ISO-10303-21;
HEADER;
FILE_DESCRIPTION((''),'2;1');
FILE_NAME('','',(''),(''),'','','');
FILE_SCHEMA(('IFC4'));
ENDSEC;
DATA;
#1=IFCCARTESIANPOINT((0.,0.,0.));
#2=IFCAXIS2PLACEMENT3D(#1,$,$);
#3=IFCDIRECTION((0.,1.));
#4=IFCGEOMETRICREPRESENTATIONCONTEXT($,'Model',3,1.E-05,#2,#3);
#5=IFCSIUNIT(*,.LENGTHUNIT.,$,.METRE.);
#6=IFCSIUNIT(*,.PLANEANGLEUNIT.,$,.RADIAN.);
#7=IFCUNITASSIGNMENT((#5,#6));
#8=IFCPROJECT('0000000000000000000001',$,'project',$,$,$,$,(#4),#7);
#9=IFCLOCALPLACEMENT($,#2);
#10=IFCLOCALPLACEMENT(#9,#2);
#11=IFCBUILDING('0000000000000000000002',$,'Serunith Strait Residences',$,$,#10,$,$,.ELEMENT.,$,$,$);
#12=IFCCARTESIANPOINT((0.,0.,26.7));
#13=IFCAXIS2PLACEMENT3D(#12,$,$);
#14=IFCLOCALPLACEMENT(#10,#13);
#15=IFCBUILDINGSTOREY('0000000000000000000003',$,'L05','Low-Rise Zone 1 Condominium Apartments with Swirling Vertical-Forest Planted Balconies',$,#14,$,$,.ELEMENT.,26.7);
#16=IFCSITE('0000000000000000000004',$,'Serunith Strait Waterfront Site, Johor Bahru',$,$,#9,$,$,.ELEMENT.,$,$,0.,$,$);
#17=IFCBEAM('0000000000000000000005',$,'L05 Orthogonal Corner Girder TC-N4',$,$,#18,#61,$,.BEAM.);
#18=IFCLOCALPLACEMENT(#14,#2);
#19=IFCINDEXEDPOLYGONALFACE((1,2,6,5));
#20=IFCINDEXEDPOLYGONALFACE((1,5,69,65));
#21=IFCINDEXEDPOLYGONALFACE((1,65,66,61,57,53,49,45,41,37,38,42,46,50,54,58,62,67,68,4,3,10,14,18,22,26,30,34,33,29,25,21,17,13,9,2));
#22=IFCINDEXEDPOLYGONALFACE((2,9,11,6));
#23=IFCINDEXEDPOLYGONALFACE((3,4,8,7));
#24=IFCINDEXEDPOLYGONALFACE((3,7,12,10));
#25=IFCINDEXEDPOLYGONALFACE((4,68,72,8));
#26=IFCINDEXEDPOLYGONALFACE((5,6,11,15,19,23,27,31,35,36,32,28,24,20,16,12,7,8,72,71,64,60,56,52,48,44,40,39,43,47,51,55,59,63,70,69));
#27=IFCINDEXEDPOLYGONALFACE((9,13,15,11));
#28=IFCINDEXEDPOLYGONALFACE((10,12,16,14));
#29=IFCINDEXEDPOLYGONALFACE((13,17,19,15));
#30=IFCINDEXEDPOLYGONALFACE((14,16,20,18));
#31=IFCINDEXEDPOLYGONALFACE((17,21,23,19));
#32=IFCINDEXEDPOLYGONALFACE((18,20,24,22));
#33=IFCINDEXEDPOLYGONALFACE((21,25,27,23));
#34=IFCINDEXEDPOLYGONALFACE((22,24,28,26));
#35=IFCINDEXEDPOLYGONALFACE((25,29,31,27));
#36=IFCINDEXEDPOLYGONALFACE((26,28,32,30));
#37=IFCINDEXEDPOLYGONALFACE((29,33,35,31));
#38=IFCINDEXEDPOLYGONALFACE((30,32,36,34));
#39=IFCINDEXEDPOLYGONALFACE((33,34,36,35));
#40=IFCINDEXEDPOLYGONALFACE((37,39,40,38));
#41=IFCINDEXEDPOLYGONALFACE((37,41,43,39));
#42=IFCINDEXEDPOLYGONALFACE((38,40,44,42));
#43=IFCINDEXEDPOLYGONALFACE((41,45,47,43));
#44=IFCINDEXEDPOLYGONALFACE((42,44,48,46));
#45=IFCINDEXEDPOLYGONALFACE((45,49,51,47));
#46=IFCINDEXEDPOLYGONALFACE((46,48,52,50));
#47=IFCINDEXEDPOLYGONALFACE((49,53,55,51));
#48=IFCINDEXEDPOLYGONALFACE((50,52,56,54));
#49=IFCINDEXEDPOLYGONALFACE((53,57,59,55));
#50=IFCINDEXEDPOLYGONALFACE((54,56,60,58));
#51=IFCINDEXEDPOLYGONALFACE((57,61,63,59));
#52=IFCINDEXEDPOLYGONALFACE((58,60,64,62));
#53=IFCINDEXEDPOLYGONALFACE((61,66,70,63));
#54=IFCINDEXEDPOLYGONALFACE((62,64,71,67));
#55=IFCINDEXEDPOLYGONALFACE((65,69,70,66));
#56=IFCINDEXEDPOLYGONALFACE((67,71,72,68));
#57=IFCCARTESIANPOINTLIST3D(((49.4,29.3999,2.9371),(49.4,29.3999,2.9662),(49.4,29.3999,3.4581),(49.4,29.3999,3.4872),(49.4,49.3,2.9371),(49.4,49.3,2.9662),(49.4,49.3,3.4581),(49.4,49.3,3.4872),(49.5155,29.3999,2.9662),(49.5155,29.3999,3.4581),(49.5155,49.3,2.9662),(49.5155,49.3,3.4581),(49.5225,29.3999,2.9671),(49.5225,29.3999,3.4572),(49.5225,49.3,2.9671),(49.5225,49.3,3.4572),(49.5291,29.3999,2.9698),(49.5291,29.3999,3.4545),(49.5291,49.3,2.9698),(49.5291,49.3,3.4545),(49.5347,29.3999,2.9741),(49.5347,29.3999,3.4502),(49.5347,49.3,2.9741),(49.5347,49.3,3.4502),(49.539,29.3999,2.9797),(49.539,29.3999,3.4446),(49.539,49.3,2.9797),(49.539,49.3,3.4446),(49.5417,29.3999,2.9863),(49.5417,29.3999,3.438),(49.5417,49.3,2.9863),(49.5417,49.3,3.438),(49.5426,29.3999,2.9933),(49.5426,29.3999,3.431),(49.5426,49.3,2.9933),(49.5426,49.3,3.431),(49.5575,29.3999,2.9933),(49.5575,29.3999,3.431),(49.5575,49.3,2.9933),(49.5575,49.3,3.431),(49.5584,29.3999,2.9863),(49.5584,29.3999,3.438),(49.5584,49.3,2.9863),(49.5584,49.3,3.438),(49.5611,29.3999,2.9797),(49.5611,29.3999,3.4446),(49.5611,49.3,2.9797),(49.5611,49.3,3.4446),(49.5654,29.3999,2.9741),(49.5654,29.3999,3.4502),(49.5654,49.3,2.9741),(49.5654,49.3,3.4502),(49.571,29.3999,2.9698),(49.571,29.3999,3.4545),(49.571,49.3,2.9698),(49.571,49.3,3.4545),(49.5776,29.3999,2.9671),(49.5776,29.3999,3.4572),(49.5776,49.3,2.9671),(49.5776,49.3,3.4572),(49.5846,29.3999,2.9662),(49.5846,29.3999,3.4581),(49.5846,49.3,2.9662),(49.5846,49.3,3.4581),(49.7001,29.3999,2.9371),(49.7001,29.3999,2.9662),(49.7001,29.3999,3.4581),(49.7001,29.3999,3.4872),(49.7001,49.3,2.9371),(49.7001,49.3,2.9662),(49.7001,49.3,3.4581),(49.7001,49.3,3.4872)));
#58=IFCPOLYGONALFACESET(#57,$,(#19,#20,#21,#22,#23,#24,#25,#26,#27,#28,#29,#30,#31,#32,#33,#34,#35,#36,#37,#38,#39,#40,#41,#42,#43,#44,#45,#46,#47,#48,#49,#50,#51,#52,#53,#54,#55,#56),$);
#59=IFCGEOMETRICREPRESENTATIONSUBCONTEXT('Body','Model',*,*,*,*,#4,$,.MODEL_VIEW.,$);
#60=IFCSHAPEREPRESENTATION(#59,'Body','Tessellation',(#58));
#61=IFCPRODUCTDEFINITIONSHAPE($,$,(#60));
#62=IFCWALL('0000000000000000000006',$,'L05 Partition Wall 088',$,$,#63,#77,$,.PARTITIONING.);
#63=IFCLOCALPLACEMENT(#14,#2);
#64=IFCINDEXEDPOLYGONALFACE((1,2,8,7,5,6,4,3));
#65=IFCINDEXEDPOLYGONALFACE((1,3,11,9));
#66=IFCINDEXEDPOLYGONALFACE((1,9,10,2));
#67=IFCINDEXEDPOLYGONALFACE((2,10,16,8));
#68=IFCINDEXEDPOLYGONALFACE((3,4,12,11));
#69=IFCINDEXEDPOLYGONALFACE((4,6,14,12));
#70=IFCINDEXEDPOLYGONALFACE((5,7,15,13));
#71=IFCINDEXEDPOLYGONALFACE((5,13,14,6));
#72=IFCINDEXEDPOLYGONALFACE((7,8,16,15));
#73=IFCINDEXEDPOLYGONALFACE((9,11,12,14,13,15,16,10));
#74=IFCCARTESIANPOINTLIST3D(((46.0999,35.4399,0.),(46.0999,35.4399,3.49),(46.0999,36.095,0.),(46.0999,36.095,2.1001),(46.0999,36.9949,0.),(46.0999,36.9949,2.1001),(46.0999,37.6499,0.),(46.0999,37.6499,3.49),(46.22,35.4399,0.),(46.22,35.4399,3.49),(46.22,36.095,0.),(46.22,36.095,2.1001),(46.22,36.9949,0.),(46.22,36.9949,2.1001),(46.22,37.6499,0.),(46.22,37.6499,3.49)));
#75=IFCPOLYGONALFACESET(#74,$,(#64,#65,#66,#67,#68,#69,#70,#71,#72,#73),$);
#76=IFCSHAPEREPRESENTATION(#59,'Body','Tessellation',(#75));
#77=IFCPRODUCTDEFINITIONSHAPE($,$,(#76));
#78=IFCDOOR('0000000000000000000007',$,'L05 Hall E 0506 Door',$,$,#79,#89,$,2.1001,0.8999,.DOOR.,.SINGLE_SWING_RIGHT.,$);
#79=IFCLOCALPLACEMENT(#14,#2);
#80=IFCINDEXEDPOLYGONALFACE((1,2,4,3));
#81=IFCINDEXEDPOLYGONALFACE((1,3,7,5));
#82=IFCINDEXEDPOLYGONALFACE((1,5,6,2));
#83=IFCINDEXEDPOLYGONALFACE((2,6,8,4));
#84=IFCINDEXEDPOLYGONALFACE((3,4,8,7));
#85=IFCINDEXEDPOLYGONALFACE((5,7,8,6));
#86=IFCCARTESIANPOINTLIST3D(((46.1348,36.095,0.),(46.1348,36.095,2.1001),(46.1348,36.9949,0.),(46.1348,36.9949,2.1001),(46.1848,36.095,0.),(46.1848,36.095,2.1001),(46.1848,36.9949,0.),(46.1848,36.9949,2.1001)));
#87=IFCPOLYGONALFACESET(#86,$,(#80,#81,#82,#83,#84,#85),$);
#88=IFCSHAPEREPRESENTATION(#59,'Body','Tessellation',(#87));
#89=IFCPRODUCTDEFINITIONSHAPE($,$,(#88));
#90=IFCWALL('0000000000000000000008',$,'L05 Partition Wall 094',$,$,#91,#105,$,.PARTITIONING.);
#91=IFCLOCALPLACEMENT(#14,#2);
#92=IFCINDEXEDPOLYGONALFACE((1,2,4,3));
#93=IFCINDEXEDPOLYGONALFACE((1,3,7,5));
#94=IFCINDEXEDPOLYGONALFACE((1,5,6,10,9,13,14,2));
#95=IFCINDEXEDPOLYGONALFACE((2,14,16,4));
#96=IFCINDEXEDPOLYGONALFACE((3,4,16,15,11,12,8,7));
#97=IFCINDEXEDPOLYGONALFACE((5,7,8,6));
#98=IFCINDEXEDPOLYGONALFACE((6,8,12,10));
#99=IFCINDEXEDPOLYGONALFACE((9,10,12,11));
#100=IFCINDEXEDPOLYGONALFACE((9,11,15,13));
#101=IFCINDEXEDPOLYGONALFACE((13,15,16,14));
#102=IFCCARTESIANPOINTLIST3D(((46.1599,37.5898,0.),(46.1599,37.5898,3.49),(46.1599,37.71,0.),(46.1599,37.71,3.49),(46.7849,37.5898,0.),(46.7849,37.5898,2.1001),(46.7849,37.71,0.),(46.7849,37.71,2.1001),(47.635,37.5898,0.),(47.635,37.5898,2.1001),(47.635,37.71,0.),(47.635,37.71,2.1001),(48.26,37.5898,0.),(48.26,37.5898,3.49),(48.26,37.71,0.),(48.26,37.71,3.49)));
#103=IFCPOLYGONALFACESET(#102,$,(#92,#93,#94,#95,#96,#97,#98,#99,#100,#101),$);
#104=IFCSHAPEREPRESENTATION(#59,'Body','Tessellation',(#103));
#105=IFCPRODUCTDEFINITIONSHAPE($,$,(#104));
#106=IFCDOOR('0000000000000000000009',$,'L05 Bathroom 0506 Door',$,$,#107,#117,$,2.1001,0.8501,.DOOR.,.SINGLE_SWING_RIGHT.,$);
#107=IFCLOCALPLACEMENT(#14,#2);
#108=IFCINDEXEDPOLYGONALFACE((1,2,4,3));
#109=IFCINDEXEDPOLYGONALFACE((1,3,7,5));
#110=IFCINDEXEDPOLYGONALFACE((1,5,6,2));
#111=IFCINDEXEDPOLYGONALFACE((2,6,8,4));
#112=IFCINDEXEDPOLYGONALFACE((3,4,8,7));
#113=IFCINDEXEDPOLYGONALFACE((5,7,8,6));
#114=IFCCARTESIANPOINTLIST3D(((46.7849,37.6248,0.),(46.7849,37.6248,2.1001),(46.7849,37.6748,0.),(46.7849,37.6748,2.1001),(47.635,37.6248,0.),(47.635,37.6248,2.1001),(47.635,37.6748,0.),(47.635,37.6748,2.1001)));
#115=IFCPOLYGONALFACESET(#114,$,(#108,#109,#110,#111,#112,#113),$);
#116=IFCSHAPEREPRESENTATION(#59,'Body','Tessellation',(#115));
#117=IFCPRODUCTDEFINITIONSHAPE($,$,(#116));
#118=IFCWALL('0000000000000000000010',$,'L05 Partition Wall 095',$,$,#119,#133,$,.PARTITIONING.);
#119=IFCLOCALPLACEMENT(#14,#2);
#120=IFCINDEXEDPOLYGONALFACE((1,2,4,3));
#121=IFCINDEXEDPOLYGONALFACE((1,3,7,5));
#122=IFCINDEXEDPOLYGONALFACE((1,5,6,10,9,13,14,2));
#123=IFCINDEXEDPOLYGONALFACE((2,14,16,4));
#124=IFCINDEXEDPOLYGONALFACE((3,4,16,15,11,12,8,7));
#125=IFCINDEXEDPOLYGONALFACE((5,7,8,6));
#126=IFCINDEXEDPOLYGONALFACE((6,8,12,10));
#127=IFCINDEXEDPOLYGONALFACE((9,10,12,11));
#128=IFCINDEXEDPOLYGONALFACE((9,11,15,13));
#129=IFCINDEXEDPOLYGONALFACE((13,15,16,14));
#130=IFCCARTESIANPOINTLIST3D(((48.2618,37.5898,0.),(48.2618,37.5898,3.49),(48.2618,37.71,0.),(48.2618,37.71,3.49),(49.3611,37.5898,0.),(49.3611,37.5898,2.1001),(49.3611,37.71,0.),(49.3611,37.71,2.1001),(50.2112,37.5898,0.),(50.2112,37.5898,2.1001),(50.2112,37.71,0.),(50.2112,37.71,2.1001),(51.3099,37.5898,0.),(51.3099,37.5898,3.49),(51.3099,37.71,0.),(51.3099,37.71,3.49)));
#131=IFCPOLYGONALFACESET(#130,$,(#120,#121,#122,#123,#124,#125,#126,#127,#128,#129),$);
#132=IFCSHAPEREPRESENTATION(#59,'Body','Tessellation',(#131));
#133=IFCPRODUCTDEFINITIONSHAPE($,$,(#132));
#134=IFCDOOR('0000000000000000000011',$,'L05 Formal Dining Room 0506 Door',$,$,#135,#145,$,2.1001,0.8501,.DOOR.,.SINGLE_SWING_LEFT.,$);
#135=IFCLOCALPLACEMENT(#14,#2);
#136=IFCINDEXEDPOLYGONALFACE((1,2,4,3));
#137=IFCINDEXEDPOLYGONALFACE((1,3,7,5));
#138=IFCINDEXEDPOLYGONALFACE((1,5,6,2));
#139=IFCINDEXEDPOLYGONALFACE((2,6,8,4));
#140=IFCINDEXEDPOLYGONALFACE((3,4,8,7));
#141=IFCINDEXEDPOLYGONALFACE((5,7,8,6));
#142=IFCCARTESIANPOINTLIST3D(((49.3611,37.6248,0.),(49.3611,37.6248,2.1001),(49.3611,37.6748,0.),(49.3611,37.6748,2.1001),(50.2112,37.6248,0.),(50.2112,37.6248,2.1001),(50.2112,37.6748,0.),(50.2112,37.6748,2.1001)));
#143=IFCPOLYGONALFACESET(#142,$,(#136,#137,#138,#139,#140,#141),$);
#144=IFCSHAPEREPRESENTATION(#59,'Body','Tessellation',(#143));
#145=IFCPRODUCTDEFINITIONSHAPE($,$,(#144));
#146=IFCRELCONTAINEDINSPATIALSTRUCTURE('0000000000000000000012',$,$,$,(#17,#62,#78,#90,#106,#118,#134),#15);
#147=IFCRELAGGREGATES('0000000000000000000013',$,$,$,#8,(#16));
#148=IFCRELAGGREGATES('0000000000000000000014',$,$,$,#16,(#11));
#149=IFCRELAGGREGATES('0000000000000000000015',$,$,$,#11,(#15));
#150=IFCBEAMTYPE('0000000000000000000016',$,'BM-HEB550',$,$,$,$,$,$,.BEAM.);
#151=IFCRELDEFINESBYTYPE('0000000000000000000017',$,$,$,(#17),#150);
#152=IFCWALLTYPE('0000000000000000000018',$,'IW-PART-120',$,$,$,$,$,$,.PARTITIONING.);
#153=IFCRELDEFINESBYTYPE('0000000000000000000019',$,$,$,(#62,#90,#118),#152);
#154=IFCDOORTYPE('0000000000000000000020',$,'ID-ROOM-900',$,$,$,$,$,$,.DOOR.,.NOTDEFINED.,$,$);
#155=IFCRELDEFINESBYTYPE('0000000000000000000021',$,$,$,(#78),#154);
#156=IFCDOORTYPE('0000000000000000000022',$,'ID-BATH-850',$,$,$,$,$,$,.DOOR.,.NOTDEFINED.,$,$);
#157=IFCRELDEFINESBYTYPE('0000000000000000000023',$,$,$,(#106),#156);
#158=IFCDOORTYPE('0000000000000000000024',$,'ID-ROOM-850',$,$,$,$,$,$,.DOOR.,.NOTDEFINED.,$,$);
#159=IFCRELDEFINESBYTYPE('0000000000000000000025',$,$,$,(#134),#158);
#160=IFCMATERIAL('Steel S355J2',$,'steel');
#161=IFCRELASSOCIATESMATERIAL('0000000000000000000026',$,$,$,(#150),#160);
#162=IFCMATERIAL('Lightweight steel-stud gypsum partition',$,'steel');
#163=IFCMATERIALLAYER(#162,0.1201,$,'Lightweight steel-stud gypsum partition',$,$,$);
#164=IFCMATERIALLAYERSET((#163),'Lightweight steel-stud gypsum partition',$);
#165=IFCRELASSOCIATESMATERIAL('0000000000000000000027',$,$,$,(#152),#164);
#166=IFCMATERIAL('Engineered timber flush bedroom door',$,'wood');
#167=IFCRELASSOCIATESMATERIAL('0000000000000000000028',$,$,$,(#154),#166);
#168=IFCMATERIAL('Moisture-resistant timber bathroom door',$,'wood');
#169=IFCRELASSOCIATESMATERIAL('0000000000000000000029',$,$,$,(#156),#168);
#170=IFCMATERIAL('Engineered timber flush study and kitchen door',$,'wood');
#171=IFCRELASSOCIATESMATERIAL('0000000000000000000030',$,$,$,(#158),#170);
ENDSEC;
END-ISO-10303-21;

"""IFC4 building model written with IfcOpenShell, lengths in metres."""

from ifc_helpers import new_model, si_unit, direction, frame, frame_2d, origin, origin_2d, place, context, subcontext, project, spatial, rectangle, i_section, extrude, source, transform, mapped, material, layer, layer_set, material_profile, profile_set, type_object, element, fill, save


model = new_model("IFC4")

# Units and contexts
model_context = context("Model", 3, precision=1e-05, world=origin(), true_north=direction((0.0, 1.0)))
body_context = subcontext(model_context, "Body", "Model", "MODEL_VIEW")
ifc_project = project(units=[si_unit("LENGTHUNIT", "METRE"), si_unit("PLANEANGLEUNIT", "RADIAN")], contexts=[model_context])

# Site, building, storey
site_placement = place(None, origin())
site = spatial("IfcSite", under=ifc_project, at=site_placement, Name="Serunith Strait Waterfront Site, Johor Bahru", CompositionType="ELEMENT", RefElevation=0.0)
building_placement = place(site_placement, origin())
building = spatial("IfcBuilding", under=site, at=building_placement, Name="Serunith Strait Residences", CompositionType="ELEMENT")
storey_placement = place(building_placement, frame((0.0, 0.0, 26.7)))
storey = spatial("IfcBuildingStorey", under=building, at=storey_placement, Name="L05", Description="Low-Rise Zone 1 Condominium Apartments with Swirling Vertical-Forest Planted Balconies", CompositionType="ELEMENT", Elevation=26.7)

# Beam
ifc_material_1 = material(Name="Steel S355J2", Category="steel")
ifc_material_profile = material_profile(ifc_material_1, i_section(OverallWidth=0.3, OverallDepth=0.55, WebThickness=0.0149, FlangeThickness=0.0291, FilletRadius=0.0271, at=origin_2d()), Name="HEB 550")
ifc_profile_set = profile_set([ifc_material_profile], Name="Steel S355J2")
beam_type = type_object("IfcBeamType", Name="BM-HEB550", PredefinedType="BEAM", material=ifc_profile_set)
shared_shape_1 = source(origin(), body_context, "Body", "SweptSolid", [
    extrude(i_section(OverallWidth=0.3, OverallDepth=0.55, WebThickness=0.0149, FlangeThickness=0.0291, FilletRadius=0.0271, at=origin_2d()), origin(), (0.0, 0.0, 1.0), 19.9001),
])
beam_placement = place(storey_placement, frame((49.55, 29.3999, 3.2122), z_axis=(0.0, 1.0, 0.0), x_axis=(-1.0, 0.0, 0.0)))
element("IfcBeam", 1, at=beam_placement, inside=storey, type_object=beam_type, Name="L05 Orthogonal Corner Girder TC-N4", PredefinedType="BEAM", context=body_context, shape_type="MappedRepresentation", body=[
    mapped(shared_shape_1, transform((0.0, 0.0, 0.0), scale=1.0)),
])

# Walls, openings, doors
ifc_material_2 = material(Name="Lightweight steel-stud gypsum partition", Category="steel")
ifc_layer = layer(ifc_material_2, 0.1201, Name="Lightweight steel-stud gypsum partition")
ifc_layer_set = layer_set([ifc_layer], Name="Lightweight steel-stud gypsum partition")
wall_type = type_object("IfcWallType", Name="IW-PART-120", PredefinedType="PARTITIONING", material=ifc_layer_set)
wall_1_placement = place(storey_placement, frame((46.1599, 37.6499, 0.0), z_axis=(0.0, 0.0, 1.0), x_axis=(0.0, -1.0, 0.0)))
wall_1 = element("IfcWall", 2, at=wall_1_placement, inside=storey, type_object=wall_type, Name="L05 Partition Wall 088", PredefinedType="PARTITIONING", context=body_context, shape_type="SweptSolid", body=[
    extrude(rectangle(XDim=2.21, YDim=0.1201, at=frame_2d((1.105, 0.0))), origin(), (0.0, 0.0, 1.0), 3.49),
])
opening_1_placement = place(wall_1_placement, frame((0.655, 0.0, 0.0)))
opening_1 = element("IfcOpeningElement", 3, at=opening_1_placement, cuts=wall_1, PredefinedType="OPENING", context=body_context, shape_type="SweptSolid", body=[
    extrude(rectangle(XDim=0.8999, YDim=2.1001, at=frame_2d((0.45, 1.05))), frame((0.0, 0.0701, 0.0), z_axis=(0.0, -1.0, 0.0), x_axis=(1.0, 0.0, 0.0)), (0.0, 0.0, 1.0), 0.1401),
])
ifc_material_3 = material(Name="Engineered timber flush bedroom door", Category="wood")
door_type_1 = type_object("IfcDoorType", Name="ID-ROOM-900", OperationType="NOTDEFINED", PredefinedType="DOOR", material=ifc_material_3)
shared_shape_2 = source(origin(), body_context, "Body", "SweptSolid", [
    extrude(rectangle(XDim=0.8999, YDim=2.1001, at=frame_2d((0.45, 1.05))), frame((0.0, 0.0249, 0.0), z_axis=(0.0, -1.0, 0.0), x_axis=(1.0, 0.0, 0.0)), (0.0, 0.0, 1.0), 0.05),
])
door_1_placement = place(opening_1_placement, origin())
door_1 = element("IfcDoor", 4, at=door_1_placement, inside=storey, type_object=door_type_1, Name="L05 Hall E 0506 Door", OperationType="SINGLE_SWING_RIGHT", OverallHeight=2.1001, OverallWidth=0.8999, PredefinedType="DOOR", context=body_context, shape_type="MappedRepresentation", body=[
    mapped(shared_shape_2, transform((0.0, 0.0, 0.0), scale=1.0)),
])
fill(opening_1, door_1)
wall_2_placement = place(storey_placement, frame((46.1599, 37.6499, 0.0), z_axis=(0.0, 0.0, 1.0), x_axis=(1.0, 0.0, 0.0)))
wall_2 = element("IfcWall", 5, at=wall_2_placement, inside=storey, type_object=wall_type, Name="L05 Partition Wall 094", PredefinedType="PARTITIONING", context=body_context, shape_type="SweptSolid", body=[
    extrude(rectangle(XDim=2.1001, YDim=0.1201, at=frame_2d((1.05, 0.0))), origin(), (0.0, 0.0, 1.0), 3.49),
])
opening_2_placement = place(wall_2_placement, frame((0.625, 0.0, 0.0)))
opening_2 = element("IfcOpeningElement", 6, at=opening_2_placement, cuts=wall_2, PredefinedType="OPENING", context=body_context, shape_type="SweptSolid", body=[
    extrude(rectangle(XDim=0.8501, YDim=2.1001, at=frame_2d((0.425, 1.05))), frame((0.0, 0.0701, 0.0), z_axis=(0.0, -1.0, 0.0), x_axis=(1.0, 0.0, 0.0)), (0.0, 0.0, 1.0), 0.1401),
])
ifc_material_4 = material(Name="Moisture-resistant timber bathroom door", Category="wood")
door_type_2 = type_object("IfcDoorType", Name="ID-BATH-850", OperationType="NOTDEFINED", PredefinedType="DOOR", material=ifc_material_4)
shared_shape_3 = source(origin(), body_context, "Body", "SweptSolid", [
    extrude(rectangle(XDim=0.8501, YDim=2.1001, at=frame_2d((0.425, 1.05))), frame((0.0, 0.0249, 0.0), z_axis=(0.0, -1.0, 0.0), x_axis=(1.0, 0.0, 0.0)), (0.0, 0.0, 1.0), 0.05),
])
door_2_placement = place(opening_2_placement, origin())
door_2 = element("IfcDoor", 7, at=door_2_placement, inside=storey, type_object=door_type_2, Name="L05 Bathroom 0506 Door", OperationType="SINGLE_SWING_RIGHT", OverallHeight=2.1001, OverallWidth=0.8501, PredefinedType="DOOR", context=body_context, shape_type="MappedRepresentation", body=[
    mapped(shared_shape_3, transform((0.0, 0.0, 0.0), scale=1.0)),
])
fill(opening_2, door_2)
wall_3_placement = place(storey_placement, frame((48.262, 37.6499, 0.0), z_axis=(0.0, 0.0, 1.0), x_axis=(1.0, 0.0, 0.0)))
wall_3 = element("IfcWall", 8, at=wall_3_placement, inside=storey, type_object=wall_type, Name="L05 Partition Wall 095", PredefinedType="PARTITIONING", context=body_context, shape_type="SweptSolid", body=[
    extrude(rectangle(XDim=3.0481, YDim=0.1201, at=frame_2d((1.5239, 0.0))), origin(), (0.0, 0.0, 1.0), 3.49),
])
opening_3_placement = place(wall_3_placement, frame((1.0991, 0.0, 0.0)))
opening_3 = element("IfcOpeningElement", 9, at=opening_3_placement, cuts=wall_3, PredefinedType="OPENING", context=body_context, shape_type="SweptSolid", body=[
    extrude(rectangle(XDim=0.8501, YDim=2.1001, at=frame_2d((0.425, 1.05))), frame((0.0, 0.0701, 0.0), z_axis=(0.0, -1.0, 0.0), x_axis=(1.0, 0.0, 0.0)), (0.0, 0.0, 1.0), 0.1401),
])
ifc_material_5 = material(Name="Engineered timber flush study and kitchen door", Category="wood")
door_type_3 = type_object("IfcDoorType", Name="ID-ROOM-850", OperationType="NOTDEFINED", PredefinedType="DOOR", material=ifc_material_5)
door_3_placement = place(opening_3_placement, origin())
door_3 = element("IfcDoor", 10, at=door_3_placement, inside=storey, type_object=door_type_3, Name="L05 Formal Dining Room 0506 Door", OperationType="SINGLE_SWING_LEFT", OverallHeight=2.1001, OverallWidth=0.8501, PredefinedType="DOOR", context=body_context, shape_type="MappedRepresentation", body=[
    mapped(shared_shape_3, transform((0.0, 0.0, 0.0), scale=1.0)),
])
fill(opening_3, door_3)

save(model, "model.ifc")
